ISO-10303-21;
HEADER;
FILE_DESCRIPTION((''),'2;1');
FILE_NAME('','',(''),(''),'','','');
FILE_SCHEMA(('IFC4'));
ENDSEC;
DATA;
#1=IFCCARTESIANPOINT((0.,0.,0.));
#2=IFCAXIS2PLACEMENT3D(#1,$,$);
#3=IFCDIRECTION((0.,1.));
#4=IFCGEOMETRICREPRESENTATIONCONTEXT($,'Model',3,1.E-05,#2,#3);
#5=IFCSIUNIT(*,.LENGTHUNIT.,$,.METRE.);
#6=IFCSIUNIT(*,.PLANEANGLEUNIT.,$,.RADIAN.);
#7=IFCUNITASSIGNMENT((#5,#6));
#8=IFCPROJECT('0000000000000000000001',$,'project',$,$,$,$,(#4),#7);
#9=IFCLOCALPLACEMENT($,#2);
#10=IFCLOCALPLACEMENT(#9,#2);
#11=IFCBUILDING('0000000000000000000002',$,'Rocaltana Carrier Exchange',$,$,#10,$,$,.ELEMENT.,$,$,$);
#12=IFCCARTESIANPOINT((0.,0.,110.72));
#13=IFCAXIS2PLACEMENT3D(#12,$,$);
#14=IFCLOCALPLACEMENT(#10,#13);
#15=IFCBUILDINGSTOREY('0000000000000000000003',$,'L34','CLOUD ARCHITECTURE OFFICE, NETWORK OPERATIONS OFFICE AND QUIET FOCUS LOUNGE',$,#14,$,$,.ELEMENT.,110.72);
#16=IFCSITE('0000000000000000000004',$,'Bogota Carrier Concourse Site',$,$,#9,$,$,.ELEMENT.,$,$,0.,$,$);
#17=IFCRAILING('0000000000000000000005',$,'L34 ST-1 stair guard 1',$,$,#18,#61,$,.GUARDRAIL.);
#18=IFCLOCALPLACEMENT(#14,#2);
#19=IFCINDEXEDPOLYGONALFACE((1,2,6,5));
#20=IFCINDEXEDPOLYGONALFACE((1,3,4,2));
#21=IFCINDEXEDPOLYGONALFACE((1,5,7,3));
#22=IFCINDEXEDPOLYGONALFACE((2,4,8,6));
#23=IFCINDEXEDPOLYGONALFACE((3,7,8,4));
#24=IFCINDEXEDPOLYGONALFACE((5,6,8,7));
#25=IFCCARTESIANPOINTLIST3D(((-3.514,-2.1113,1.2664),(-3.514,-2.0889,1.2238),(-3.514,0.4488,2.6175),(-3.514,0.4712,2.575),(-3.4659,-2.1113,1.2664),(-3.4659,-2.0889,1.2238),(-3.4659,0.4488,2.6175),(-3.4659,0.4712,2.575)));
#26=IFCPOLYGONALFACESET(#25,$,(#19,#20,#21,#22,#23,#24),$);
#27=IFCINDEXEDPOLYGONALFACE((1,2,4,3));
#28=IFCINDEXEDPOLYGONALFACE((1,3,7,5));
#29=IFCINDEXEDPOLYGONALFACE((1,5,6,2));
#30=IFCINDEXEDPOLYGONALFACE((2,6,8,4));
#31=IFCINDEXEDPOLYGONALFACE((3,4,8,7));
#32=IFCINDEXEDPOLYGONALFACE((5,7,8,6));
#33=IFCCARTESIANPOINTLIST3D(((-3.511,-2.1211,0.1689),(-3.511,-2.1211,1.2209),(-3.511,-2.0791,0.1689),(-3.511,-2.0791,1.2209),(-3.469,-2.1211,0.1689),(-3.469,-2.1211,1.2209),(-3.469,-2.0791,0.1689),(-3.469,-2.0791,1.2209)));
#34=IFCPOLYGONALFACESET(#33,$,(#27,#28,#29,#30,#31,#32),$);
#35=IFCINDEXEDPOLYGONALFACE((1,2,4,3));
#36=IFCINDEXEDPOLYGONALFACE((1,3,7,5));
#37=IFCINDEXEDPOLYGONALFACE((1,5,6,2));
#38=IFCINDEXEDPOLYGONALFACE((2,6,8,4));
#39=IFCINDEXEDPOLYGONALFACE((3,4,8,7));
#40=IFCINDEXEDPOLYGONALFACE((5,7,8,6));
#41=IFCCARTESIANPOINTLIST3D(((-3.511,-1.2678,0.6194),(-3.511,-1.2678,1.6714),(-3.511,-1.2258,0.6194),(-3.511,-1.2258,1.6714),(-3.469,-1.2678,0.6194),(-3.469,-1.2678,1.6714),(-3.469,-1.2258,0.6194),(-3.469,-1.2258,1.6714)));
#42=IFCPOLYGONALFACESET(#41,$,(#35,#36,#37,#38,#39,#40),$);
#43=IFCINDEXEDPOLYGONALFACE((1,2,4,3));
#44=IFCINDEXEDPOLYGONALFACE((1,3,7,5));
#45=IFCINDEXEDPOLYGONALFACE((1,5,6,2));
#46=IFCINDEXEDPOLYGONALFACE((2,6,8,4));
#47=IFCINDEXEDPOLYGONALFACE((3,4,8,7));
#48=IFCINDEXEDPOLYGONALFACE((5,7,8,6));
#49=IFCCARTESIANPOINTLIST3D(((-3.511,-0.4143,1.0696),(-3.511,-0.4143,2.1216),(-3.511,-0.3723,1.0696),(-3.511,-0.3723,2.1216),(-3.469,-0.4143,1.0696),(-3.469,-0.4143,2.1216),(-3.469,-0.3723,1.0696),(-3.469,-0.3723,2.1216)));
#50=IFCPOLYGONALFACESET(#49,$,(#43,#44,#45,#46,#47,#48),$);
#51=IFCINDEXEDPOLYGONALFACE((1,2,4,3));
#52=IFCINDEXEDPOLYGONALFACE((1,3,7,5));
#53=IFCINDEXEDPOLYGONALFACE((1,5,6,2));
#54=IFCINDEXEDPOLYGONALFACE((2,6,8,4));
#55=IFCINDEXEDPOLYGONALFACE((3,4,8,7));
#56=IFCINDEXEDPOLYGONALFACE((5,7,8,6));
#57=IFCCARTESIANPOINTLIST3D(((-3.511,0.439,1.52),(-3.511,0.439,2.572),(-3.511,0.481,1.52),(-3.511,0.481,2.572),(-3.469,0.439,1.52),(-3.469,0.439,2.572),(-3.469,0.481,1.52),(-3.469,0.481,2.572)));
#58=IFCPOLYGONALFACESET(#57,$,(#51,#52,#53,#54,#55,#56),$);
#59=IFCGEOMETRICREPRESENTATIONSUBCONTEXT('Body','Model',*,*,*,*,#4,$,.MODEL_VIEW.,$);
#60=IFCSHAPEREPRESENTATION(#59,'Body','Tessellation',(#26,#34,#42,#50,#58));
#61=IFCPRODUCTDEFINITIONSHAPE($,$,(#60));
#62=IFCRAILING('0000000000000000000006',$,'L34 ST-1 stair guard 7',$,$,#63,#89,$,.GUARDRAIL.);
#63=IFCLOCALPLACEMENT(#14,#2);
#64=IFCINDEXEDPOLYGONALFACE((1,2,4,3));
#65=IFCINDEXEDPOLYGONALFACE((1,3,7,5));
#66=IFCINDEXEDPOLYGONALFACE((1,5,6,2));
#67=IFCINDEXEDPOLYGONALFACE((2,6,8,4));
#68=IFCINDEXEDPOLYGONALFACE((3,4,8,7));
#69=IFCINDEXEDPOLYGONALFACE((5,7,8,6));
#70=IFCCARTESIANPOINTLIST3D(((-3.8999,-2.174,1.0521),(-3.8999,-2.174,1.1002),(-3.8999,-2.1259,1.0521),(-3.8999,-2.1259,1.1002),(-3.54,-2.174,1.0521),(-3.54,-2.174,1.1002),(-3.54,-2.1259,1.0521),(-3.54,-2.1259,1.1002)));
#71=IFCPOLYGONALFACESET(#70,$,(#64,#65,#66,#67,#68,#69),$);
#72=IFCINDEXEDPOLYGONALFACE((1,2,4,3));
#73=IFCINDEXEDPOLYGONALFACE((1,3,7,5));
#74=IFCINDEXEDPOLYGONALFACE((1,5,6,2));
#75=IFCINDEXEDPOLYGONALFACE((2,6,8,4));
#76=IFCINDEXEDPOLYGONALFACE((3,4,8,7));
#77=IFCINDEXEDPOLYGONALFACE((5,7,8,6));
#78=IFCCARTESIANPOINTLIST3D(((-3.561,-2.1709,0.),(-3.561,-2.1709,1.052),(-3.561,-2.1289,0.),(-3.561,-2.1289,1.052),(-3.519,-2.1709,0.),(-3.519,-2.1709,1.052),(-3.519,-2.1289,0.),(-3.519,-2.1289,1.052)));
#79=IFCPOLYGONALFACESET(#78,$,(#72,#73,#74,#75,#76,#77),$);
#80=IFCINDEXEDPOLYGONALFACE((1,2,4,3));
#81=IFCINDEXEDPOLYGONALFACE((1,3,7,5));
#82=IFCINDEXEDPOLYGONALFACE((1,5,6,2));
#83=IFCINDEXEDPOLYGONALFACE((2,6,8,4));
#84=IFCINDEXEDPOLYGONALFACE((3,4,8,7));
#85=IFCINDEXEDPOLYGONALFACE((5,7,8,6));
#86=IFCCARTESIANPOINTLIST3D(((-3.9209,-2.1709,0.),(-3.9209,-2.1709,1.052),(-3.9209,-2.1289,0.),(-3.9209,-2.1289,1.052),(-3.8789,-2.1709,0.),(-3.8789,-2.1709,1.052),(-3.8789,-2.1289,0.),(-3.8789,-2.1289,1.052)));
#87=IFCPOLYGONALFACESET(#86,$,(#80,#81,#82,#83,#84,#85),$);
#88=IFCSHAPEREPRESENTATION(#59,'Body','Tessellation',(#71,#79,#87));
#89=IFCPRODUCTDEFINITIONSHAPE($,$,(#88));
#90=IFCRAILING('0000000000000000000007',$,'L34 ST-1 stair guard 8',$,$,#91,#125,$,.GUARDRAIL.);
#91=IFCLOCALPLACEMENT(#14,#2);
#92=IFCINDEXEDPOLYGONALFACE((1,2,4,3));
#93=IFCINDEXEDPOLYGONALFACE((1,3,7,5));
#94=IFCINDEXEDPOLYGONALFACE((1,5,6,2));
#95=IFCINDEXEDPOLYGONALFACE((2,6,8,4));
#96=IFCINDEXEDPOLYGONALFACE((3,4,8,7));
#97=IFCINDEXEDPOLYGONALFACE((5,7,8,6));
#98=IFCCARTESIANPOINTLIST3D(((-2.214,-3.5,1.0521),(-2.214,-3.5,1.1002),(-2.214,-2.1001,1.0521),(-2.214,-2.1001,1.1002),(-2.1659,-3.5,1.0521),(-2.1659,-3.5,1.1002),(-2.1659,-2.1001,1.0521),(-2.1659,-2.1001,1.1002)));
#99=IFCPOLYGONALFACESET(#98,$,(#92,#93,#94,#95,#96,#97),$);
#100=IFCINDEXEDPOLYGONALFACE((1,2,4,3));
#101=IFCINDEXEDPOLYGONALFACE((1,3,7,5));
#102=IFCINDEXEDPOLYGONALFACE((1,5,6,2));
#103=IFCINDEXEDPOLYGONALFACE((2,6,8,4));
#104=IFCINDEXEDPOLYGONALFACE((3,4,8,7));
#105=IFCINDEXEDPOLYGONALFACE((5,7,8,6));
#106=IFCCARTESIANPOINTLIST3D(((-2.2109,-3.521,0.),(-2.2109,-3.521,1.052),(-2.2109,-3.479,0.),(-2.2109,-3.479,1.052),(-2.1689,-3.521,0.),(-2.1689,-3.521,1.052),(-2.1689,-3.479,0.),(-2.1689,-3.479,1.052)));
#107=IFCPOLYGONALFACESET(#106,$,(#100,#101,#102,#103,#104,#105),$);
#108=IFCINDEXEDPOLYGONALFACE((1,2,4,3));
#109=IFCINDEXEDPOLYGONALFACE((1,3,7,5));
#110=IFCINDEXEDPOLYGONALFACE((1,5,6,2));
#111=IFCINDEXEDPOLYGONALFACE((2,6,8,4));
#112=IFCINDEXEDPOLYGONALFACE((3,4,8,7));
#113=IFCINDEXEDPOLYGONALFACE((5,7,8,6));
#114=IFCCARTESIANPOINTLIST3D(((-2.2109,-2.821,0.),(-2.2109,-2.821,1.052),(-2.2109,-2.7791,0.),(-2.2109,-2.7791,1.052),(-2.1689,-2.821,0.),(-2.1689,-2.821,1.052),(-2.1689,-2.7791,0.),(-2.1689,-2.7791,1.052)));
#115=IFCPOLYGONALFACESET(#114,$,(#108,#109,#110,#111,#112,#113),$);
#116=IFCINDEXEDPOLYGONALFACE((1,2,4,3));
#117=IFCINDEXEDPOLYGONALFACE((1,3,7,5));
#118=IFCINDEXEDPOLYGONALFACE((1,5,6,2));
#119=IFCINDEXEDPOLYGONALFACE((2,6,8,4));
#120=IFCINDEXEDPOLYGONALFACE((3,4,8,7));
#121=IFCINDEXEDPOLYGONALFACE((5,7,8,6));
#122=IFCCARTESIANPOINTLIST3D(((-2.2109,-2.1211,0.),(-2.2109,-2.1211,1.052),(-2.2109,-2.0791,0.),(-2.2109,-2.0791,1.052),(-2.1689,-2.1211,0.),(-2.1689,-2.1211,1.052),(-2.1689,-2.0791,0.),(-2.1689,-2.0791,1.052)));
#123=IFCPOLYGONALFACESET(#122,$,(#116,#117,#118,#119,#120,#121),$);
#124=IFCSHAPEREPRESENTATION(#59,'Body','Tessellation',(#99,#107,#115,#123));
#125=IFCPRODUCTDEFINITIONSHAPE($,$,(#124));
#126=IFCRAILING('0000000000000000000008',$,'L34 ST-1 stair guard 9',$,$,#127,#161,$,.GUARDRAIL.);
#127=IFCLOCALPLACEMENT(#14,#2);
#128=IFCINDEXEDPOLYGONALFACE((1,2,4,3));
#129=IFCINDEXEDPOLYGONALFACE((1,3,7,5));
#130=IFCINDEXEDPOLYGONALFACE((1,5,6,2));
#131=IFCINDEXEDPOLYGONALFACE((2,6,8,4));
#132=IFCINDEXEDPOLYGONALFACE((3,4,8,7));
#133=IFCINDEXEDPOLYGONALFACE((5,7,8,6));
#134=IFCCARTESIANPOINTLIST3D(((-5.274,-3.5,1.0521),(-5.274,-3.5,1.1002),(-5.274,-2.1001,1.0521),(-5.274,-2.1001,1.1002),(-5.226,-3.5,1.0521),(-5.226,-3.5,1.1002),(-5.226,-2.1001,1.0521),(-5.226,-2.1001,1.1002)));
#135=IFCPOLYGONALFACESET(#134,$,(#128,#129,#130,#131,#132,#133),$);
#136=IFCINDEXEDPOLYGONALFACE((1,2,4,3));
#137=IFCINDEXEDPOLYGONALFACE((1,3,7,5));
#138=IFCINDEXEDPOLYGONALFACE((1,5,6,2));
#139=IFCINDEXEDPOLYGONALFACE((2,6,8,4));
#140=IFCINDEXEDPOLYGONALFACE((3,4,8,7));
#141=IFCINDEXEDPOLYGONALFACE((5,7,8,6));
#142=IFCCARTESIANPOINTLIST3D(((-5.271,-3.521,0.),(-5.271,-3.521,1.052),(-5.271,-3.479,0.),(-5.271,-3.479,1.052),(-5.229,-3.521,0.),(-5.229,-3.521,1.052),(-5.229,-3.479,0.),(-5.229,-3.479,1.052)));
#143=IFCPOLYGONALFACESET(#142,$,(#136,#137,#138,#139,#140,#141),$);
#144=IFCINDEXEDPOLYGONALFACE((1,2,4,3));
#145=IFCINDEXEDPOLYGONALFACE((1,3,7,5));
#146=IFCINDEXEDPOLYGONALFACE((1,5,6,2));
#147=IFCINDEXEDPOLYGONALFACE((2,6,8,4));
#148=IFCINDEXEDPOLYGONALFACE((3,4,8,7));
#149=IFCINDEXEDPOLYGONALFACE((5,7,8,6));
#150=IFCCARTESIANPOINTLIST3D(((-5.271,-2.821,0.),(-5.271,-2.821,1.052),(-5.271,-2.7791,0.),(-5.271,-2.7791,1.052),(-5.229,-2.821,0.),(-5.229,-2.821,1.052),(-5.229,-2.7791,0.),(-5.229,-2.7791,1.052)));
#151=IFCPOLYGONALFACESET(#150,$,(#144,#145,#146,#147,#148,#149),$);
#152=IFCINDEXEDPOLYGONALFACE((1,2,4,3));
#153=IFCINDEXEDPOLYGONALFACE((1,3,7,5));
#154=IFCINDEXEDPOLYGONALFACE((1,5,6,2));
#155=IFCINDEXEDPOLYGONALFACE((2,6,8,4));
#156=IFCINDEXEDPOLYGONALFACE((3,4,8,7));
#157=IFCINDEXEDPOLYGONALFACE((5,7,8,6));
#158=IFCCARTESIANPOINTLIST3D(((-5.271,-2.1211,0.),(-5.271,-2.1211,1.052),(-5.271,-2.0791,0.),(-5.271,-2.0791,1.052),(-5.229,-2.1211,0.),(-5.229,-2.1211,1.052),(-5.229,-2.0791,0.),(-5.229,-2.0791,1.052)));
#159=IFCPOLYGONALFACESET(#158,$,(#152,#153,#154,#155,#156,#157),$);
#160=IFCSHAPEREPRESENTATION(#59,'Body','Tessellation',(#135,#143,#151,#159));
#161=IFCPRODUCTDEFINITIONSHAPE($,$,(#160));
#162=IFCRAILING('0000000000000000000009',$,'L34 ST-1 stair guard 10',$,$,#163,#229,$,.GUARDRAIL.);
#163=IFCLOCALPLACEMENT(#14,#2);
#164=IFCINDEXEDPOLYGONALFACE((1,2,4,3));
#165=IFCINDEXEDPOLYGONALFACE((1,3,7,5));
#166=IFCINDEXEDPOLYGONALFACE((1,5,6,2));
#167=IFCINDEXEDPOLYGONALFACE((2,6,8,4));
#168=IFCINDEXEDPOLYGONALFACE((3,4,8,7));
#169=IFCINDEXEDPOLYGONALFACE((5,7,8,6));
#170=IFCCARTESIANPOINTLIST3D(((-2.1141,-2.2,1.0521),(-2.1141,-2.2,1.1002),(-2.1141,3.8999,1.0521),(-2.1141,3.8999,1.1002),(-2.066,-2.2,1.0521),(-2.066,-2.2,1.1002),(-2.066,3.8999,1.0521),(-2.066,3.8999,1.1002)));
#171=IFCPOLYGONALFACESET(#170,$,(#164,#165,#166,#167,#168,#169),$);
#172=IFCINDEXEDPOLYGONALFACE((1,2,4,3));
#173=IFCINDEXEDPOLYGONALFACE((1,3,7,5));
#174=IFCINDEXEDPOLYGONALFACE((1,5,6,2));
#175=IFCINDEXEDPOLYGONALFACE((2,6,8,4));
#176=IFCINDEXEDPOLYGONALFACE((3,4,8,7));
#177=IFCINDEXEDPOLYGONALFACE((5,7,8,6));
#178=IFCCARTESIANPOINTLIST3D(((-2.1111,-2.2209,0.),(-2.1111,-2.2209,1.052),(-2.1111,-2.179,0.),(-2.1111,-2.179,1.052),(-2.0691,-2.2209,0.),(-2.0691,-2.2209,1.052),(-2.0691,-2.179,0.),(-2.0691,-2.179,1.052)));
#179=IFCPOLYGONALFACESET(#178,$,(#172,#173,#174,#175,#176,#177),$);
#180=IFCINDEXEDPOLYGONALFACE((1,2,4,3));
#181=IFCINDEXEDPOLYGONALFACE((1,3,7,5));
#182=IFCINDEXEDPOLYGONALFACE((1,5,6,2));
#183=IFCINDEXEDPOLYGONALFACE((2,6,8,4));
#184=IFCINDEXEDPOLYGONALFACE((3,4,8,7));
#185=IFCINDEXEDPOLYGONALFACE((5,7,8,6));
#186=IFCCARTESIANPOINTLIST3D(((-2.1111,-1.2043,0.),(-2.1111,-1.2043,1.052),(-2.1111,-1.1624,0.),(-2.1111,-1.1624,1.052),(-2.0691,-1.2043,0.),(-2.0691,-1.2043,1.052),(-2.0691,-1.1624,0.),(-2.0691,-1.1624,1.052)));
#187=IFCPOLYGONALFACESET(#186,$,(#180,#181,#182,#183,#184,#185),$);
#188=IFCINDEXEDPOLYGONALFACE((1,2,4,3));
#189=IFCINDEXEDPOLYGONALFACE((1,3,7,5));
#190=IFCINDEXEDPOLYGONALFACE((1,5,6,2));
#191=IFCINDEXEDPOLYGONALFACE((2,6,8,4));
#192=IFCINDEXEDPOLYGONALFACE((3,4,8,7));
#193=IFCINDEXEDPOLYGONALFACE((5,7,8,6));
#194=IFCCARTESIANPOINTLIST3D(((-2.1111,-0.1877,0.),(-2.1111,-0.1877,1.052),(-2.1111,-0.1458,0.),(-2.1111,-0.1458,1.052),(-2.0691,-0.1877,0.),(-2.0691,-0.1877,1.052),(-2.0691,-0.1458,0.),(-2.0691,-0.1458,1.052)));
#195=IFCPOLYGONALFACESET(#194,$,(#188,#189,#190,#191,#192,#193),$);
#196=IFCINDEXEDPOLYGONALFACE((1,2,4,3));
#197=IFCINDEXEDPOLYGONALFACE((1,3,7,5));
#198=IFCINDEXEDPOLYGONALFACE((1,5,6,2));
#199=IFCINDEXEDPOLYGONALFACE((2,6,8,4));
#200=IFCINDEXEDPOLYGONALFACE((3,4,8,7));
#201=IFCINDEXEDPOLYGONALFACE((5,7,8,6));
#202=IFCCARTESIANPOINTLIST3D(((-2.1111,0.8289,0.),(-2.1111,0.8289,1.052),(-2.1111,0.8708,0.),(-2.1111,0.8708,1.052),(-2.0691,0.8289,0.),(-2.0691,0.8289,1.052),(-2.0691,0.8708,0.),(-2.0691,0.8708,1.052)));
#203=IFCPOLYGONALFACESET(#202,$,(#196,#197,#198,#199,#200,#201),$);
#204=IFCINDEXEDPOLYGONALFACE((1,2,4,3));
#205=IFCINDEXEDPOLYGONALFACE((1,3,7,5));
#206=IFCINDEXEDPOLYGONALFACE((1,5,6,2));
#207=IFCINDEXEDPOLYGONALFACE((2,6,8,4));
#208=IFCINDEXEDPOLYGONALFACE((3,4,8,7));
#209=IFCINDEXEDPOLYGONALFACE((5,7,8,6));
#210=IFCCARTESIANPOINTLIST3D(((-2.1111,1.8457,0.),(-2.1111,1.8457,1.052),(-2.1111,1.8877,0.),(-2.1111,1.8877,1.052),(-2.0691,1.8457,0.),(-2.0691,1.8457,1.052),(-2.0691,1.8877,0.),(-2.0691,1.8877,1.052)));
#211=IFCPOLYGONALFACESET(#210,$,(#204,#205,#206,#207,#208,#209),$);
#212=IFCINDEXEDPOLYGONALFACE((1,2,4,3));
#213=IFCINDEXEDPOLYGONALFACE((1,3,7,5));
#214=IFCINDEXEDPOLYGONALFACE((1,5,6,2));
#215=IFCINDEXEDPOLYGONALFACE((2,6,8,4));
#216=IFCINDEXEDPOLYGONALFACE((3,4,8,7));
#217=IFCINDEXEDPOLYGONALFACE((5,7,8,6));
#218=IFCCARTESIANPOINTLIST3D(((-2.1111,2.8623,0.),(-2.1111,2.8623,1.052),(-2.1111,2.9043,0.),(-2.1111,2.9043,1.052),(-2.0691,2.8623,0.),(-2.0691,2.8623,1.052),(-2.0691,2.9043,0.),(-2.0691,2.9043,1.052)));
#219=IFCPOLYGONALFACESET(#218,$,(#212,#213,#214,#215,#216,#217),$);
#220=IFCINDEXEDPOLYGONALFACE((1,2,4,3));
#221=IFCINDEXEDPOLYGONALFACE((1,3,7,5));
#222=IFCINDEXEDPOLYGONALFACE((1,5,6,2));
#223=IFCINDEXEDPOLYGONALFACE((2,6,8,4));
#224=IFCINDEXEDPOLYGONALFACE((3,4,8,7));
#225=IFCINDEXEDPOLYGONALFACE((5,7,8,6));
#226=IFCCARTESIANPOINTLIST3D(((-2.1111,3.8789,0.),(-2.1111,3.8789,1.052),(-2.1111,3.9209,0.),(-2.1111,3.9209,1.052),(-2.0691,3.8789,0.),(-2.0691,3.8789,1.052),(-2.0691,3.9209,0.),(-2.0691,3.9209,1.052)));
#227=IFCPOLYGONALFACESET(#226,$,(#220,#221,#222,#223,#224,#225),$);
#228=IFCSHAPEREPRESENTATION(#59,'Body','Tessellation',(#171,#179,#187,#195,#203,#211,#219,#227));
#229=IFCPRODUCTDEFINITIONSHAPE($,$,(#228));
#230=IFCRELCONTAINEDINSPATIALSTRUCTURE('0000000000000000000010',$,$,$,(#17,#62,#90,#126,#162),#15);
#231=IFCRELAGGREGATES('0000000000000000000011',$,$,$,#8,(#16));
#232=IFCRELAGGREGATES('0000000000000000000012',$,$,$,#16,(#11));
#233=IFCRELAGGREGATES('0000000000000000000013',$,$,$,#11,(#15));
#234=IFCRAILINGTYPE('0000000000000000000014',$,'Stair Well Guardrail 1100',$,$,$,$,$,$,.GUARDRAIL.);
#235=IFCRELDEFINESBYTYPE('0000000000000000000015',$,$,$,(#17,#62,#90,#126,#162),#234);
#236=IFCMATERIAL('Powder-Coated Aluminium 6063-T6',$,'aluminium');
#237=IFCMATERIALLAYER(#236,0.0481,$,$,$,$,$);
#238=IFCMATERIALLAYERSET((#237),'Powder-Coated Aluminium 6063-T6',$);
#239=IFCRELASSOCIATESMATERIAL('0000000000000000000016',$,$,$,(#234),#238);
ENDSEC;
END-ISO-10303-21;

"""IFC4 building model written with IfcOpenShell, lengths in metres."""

from ifc_helpers import new_model, si_unit, direction, frame, origin, origin_2d, place, context, subcontext, project, spatial, rectangle, extrude, material, layer, layer_set, type_object, element, save


model = new_model("IFC4")

# Units and contexts
model_context = context("Model", 3, precision=1e-05, world=origin(), true_north=direction((0.0, 1.0)))
body_context = subcontext(model_context, "Body", "Model", "MODEL_VIEW")
ifc_project = project(units=[si_unit("LENGTHUNIT", "METRE"), si_unit("PLANEANGLEUNIT", "RADIAN")], contexts=[model_context])

# Site, building, storey
site_placement = place(None, origin())
site = spatial("IfcSite", under=ifc_project, at=site_placement, Name="Bogota Carrier Concourse Site", CompositionType="ELEMENT", RefElevation=0.0)
building_placement = place(site_placement, origin())
building = spatial("IfcBuilding", under=site, at=building_placement, Name="Rocaltana Carrier Exchange", CompositionType="ELEMENT")
storey_placement = place(building_placement, frame((0.0, 0.0, 110.72)))
storey = spatial("IfcBuildingStorey", under=building, at=storey_placement, Name="L34", Description="CLOUD ARCHITECTURE OFFICE, NETWORK OPERATIONS OFFICE AND QUIET FOCUS LOUNGE", CompositionType="ELEMENT", Elevation=110.72)

# Railings
ifc_material_1 = material(Name="Powder-Coated Aluminium 6063-T6", Category="aluminium")
ifc_layer_1 = layer(ifc_material_1, 0.0481)
ifc_layer_set_1 = layer_set([ifc_layer_1], Name="Powder-Coated Aluminium 6063-T6")
railing_type_1 = type_object("IfcRailingType", Name="Stair Well Guardrail 1100", PredefinedType="GUARDRAIL", material=ifc_layer_set_1)
railing_1_placement = place(storey_placement, frame((-3.49, -2.1001, 0.1689)))
element("IfcRailing", 1, at=railing_1_placement, inside=storey, type_object=railing_type_1, Name="L34 ST-1 stair guard 1", PredefinedType="GUARDRAIL", context=body_context, shape_type="SweptSolid", body=[
    extrude(rectangle(XDim=0.0481, YDim=0.0481, at=origin_2d()), frame((0.0, 0.0, 1.0762), z_axis=(0.0, 0.884394, 0.46674), x_axis=(-1.0, 0.0, 0.0)), (0.0, 0.0, 1.0), 2.8948),
    extrude(rectangle(XDim=0.042, YDim=0.042, at=origin_2d()), origin(), (0.0, 0.0, 1.0), 1.052),
    extrude(rectangle(XDim=0.042, YDim=0.042, at=origin_2d()), frame((0.0, 0.8533, 0.4504)), (0.0, 0.0, 1.0), 1.052),
    extrude(rectangle(XDim=0.042, YDim=0.042, at=origin_2d()), frame((0.0, 1.7068, 0.9006)), (0.0, 0.0, 1.0), 1.052),
    extrude(rectangle(XDim=0.042, YDim=0.042, at=origin_2d()), frame((0.0, 2.5601, 1.3511)), (0.0, 0.0, 1.0), 1.052),
])
railing_2_placement = place(storey_placement, frame((-3.54, -2.1499, 0.0)))
element("IfcRailing", 2, at=railing_2_placement, inside=storey, type_object=railing_type_1, Name="L34 ST-1 stair guard 7", PredefinedType="GUARDRAIL", context=body_context, shape_type="SweptSolid", body=[
    extrude(rectangle(XDim=0.0481, YDim=0.0481, at=origin_2d()), frame((0.0, 0.0, 1.0762), z_axis=(-1.0, 0.0, 0.0), x_axis=(0.0, -1.0, 0.0)), (0.0, 0.0, 1.0), 0.3599),
    extrude(rectangle(XDim=0.042, YDim=0.042, at=origin_2d()), origin(), (0.0, 0.0, 1.0), 1.052),
    extrude(rectangle(XDim=0.042, YDim=0.042, at=origin_2d()), frame((-0.3599, 0.0, 0.0)), (0.0, 0.0, 1.0), 1.052),
])
for number, where, name in (
    (3, (-2.1899, -3.5, 0.0), "L34 ST-1 stair guard 8"),
    (4, (-5.25, -3.5, 0.0), "L34 ST-1 stair guard 9"),
):
    element("IfcRailing", number, at=place(storey_placement, frame(where)), inside=storey, type_object=railing_type_1, Name=name, PredefinedType="GUARDRAIL", context=body_context, shape_type="SweptSolid", body=[
        extrude(rectangle(XDim=0.0481, YDim=0.0481, at=origin_2d()), frame((0.0, 0.0, 1.0762), z_axis=(0.0, 1.0, 0.0), x_axis=(-1.0, 0.0, 0.0)), (0.0, 0.0, 1.0), 1.3999),
        extrude(rectangle(XDim=0.042, YDim=0.042, at=origin_2d()), origin(), (0.0, 0.0, 1.0), 1.052),
        extrude(rectangle(XDim=0.042, YDim=0.042, at=origin_2d()), frame((0.0, 0.7, 0.0)), (0.0, 0.0, 1.0), 1.052),
        extrude(rectangle(XDim=0.042, YDim=0.042, at=origin_2d()), frame((0.0, 1.3999, 0.0)), (0.0, 0.0, 1.0), 1.052),
    ])
for number, where, name in (
    (5, (-2.0901, -2.2, 0.0), "L34 ST-1 stair guard 10"),
):
    element("IfcRailing", number, at=place(storey_placement, frame(where)), inside=storey, type_object=railing_type_1, Name=name, PredefinedType="GUARDRAIL", context=body_context, shape_type="SweptSolid", body=[
        extrude(rectangle(XDim=0.0481, YDim=0.0481, at=origin_2d()), frame((0.0, 0.0, 1.0762), z_axis=(0.0, 1.0, 0.0), x_axis=(-1.0, 0.0, 0.0)), (0.0, 0.0, 1.0), 6.0999),
        extrude(rectangle(XDim=0.042, YDim=0.042, at=origin_2d()), origin(), (0.0, 0.0, 1.0), 1.052),
        extrude(rectangle(XDim=0.042, YDim=0.042, at=origin_2d()), frame((0.0, 1.0166, 0.0)), (0.0, 0.0, 1.0), 1.052),
        extrude(rectangle(XDim=0.042, YDim=0.042, at=origin_2d()), frame((0.0, 2.0332, 0.0)), (0.0, 0.0, 1.0), 1.052),
        extrude(rectangle(XDim=0.042, YDim=0.042, at=origin_2d()), frame((0.0, 3.0498, 0.0)), (0.0, 0.0, 1.0), 1.052),
        extrude(rectangle(XDim=0.042, YDim=0.042, at=origin_2d()), frame((0.0, 4.0667, 0.0)), (0.0, 0.0, 1.0), 1.052),
        extrude(rectangle(XDim=0.042, YDim=0.042, at=origin_2d()), frame((0.0, 5.0833, 0.0)), (0.0, 0.0, 1.0), 1.052),
        extrude(rectangle(XDim=0.042, YDim=0.042, at=origin_2d()), frame((0.0, 6.0999, 0.0)), (0.0, 0.0, 1.0), 1.052),
    ])

save(model, "model.ifc")
